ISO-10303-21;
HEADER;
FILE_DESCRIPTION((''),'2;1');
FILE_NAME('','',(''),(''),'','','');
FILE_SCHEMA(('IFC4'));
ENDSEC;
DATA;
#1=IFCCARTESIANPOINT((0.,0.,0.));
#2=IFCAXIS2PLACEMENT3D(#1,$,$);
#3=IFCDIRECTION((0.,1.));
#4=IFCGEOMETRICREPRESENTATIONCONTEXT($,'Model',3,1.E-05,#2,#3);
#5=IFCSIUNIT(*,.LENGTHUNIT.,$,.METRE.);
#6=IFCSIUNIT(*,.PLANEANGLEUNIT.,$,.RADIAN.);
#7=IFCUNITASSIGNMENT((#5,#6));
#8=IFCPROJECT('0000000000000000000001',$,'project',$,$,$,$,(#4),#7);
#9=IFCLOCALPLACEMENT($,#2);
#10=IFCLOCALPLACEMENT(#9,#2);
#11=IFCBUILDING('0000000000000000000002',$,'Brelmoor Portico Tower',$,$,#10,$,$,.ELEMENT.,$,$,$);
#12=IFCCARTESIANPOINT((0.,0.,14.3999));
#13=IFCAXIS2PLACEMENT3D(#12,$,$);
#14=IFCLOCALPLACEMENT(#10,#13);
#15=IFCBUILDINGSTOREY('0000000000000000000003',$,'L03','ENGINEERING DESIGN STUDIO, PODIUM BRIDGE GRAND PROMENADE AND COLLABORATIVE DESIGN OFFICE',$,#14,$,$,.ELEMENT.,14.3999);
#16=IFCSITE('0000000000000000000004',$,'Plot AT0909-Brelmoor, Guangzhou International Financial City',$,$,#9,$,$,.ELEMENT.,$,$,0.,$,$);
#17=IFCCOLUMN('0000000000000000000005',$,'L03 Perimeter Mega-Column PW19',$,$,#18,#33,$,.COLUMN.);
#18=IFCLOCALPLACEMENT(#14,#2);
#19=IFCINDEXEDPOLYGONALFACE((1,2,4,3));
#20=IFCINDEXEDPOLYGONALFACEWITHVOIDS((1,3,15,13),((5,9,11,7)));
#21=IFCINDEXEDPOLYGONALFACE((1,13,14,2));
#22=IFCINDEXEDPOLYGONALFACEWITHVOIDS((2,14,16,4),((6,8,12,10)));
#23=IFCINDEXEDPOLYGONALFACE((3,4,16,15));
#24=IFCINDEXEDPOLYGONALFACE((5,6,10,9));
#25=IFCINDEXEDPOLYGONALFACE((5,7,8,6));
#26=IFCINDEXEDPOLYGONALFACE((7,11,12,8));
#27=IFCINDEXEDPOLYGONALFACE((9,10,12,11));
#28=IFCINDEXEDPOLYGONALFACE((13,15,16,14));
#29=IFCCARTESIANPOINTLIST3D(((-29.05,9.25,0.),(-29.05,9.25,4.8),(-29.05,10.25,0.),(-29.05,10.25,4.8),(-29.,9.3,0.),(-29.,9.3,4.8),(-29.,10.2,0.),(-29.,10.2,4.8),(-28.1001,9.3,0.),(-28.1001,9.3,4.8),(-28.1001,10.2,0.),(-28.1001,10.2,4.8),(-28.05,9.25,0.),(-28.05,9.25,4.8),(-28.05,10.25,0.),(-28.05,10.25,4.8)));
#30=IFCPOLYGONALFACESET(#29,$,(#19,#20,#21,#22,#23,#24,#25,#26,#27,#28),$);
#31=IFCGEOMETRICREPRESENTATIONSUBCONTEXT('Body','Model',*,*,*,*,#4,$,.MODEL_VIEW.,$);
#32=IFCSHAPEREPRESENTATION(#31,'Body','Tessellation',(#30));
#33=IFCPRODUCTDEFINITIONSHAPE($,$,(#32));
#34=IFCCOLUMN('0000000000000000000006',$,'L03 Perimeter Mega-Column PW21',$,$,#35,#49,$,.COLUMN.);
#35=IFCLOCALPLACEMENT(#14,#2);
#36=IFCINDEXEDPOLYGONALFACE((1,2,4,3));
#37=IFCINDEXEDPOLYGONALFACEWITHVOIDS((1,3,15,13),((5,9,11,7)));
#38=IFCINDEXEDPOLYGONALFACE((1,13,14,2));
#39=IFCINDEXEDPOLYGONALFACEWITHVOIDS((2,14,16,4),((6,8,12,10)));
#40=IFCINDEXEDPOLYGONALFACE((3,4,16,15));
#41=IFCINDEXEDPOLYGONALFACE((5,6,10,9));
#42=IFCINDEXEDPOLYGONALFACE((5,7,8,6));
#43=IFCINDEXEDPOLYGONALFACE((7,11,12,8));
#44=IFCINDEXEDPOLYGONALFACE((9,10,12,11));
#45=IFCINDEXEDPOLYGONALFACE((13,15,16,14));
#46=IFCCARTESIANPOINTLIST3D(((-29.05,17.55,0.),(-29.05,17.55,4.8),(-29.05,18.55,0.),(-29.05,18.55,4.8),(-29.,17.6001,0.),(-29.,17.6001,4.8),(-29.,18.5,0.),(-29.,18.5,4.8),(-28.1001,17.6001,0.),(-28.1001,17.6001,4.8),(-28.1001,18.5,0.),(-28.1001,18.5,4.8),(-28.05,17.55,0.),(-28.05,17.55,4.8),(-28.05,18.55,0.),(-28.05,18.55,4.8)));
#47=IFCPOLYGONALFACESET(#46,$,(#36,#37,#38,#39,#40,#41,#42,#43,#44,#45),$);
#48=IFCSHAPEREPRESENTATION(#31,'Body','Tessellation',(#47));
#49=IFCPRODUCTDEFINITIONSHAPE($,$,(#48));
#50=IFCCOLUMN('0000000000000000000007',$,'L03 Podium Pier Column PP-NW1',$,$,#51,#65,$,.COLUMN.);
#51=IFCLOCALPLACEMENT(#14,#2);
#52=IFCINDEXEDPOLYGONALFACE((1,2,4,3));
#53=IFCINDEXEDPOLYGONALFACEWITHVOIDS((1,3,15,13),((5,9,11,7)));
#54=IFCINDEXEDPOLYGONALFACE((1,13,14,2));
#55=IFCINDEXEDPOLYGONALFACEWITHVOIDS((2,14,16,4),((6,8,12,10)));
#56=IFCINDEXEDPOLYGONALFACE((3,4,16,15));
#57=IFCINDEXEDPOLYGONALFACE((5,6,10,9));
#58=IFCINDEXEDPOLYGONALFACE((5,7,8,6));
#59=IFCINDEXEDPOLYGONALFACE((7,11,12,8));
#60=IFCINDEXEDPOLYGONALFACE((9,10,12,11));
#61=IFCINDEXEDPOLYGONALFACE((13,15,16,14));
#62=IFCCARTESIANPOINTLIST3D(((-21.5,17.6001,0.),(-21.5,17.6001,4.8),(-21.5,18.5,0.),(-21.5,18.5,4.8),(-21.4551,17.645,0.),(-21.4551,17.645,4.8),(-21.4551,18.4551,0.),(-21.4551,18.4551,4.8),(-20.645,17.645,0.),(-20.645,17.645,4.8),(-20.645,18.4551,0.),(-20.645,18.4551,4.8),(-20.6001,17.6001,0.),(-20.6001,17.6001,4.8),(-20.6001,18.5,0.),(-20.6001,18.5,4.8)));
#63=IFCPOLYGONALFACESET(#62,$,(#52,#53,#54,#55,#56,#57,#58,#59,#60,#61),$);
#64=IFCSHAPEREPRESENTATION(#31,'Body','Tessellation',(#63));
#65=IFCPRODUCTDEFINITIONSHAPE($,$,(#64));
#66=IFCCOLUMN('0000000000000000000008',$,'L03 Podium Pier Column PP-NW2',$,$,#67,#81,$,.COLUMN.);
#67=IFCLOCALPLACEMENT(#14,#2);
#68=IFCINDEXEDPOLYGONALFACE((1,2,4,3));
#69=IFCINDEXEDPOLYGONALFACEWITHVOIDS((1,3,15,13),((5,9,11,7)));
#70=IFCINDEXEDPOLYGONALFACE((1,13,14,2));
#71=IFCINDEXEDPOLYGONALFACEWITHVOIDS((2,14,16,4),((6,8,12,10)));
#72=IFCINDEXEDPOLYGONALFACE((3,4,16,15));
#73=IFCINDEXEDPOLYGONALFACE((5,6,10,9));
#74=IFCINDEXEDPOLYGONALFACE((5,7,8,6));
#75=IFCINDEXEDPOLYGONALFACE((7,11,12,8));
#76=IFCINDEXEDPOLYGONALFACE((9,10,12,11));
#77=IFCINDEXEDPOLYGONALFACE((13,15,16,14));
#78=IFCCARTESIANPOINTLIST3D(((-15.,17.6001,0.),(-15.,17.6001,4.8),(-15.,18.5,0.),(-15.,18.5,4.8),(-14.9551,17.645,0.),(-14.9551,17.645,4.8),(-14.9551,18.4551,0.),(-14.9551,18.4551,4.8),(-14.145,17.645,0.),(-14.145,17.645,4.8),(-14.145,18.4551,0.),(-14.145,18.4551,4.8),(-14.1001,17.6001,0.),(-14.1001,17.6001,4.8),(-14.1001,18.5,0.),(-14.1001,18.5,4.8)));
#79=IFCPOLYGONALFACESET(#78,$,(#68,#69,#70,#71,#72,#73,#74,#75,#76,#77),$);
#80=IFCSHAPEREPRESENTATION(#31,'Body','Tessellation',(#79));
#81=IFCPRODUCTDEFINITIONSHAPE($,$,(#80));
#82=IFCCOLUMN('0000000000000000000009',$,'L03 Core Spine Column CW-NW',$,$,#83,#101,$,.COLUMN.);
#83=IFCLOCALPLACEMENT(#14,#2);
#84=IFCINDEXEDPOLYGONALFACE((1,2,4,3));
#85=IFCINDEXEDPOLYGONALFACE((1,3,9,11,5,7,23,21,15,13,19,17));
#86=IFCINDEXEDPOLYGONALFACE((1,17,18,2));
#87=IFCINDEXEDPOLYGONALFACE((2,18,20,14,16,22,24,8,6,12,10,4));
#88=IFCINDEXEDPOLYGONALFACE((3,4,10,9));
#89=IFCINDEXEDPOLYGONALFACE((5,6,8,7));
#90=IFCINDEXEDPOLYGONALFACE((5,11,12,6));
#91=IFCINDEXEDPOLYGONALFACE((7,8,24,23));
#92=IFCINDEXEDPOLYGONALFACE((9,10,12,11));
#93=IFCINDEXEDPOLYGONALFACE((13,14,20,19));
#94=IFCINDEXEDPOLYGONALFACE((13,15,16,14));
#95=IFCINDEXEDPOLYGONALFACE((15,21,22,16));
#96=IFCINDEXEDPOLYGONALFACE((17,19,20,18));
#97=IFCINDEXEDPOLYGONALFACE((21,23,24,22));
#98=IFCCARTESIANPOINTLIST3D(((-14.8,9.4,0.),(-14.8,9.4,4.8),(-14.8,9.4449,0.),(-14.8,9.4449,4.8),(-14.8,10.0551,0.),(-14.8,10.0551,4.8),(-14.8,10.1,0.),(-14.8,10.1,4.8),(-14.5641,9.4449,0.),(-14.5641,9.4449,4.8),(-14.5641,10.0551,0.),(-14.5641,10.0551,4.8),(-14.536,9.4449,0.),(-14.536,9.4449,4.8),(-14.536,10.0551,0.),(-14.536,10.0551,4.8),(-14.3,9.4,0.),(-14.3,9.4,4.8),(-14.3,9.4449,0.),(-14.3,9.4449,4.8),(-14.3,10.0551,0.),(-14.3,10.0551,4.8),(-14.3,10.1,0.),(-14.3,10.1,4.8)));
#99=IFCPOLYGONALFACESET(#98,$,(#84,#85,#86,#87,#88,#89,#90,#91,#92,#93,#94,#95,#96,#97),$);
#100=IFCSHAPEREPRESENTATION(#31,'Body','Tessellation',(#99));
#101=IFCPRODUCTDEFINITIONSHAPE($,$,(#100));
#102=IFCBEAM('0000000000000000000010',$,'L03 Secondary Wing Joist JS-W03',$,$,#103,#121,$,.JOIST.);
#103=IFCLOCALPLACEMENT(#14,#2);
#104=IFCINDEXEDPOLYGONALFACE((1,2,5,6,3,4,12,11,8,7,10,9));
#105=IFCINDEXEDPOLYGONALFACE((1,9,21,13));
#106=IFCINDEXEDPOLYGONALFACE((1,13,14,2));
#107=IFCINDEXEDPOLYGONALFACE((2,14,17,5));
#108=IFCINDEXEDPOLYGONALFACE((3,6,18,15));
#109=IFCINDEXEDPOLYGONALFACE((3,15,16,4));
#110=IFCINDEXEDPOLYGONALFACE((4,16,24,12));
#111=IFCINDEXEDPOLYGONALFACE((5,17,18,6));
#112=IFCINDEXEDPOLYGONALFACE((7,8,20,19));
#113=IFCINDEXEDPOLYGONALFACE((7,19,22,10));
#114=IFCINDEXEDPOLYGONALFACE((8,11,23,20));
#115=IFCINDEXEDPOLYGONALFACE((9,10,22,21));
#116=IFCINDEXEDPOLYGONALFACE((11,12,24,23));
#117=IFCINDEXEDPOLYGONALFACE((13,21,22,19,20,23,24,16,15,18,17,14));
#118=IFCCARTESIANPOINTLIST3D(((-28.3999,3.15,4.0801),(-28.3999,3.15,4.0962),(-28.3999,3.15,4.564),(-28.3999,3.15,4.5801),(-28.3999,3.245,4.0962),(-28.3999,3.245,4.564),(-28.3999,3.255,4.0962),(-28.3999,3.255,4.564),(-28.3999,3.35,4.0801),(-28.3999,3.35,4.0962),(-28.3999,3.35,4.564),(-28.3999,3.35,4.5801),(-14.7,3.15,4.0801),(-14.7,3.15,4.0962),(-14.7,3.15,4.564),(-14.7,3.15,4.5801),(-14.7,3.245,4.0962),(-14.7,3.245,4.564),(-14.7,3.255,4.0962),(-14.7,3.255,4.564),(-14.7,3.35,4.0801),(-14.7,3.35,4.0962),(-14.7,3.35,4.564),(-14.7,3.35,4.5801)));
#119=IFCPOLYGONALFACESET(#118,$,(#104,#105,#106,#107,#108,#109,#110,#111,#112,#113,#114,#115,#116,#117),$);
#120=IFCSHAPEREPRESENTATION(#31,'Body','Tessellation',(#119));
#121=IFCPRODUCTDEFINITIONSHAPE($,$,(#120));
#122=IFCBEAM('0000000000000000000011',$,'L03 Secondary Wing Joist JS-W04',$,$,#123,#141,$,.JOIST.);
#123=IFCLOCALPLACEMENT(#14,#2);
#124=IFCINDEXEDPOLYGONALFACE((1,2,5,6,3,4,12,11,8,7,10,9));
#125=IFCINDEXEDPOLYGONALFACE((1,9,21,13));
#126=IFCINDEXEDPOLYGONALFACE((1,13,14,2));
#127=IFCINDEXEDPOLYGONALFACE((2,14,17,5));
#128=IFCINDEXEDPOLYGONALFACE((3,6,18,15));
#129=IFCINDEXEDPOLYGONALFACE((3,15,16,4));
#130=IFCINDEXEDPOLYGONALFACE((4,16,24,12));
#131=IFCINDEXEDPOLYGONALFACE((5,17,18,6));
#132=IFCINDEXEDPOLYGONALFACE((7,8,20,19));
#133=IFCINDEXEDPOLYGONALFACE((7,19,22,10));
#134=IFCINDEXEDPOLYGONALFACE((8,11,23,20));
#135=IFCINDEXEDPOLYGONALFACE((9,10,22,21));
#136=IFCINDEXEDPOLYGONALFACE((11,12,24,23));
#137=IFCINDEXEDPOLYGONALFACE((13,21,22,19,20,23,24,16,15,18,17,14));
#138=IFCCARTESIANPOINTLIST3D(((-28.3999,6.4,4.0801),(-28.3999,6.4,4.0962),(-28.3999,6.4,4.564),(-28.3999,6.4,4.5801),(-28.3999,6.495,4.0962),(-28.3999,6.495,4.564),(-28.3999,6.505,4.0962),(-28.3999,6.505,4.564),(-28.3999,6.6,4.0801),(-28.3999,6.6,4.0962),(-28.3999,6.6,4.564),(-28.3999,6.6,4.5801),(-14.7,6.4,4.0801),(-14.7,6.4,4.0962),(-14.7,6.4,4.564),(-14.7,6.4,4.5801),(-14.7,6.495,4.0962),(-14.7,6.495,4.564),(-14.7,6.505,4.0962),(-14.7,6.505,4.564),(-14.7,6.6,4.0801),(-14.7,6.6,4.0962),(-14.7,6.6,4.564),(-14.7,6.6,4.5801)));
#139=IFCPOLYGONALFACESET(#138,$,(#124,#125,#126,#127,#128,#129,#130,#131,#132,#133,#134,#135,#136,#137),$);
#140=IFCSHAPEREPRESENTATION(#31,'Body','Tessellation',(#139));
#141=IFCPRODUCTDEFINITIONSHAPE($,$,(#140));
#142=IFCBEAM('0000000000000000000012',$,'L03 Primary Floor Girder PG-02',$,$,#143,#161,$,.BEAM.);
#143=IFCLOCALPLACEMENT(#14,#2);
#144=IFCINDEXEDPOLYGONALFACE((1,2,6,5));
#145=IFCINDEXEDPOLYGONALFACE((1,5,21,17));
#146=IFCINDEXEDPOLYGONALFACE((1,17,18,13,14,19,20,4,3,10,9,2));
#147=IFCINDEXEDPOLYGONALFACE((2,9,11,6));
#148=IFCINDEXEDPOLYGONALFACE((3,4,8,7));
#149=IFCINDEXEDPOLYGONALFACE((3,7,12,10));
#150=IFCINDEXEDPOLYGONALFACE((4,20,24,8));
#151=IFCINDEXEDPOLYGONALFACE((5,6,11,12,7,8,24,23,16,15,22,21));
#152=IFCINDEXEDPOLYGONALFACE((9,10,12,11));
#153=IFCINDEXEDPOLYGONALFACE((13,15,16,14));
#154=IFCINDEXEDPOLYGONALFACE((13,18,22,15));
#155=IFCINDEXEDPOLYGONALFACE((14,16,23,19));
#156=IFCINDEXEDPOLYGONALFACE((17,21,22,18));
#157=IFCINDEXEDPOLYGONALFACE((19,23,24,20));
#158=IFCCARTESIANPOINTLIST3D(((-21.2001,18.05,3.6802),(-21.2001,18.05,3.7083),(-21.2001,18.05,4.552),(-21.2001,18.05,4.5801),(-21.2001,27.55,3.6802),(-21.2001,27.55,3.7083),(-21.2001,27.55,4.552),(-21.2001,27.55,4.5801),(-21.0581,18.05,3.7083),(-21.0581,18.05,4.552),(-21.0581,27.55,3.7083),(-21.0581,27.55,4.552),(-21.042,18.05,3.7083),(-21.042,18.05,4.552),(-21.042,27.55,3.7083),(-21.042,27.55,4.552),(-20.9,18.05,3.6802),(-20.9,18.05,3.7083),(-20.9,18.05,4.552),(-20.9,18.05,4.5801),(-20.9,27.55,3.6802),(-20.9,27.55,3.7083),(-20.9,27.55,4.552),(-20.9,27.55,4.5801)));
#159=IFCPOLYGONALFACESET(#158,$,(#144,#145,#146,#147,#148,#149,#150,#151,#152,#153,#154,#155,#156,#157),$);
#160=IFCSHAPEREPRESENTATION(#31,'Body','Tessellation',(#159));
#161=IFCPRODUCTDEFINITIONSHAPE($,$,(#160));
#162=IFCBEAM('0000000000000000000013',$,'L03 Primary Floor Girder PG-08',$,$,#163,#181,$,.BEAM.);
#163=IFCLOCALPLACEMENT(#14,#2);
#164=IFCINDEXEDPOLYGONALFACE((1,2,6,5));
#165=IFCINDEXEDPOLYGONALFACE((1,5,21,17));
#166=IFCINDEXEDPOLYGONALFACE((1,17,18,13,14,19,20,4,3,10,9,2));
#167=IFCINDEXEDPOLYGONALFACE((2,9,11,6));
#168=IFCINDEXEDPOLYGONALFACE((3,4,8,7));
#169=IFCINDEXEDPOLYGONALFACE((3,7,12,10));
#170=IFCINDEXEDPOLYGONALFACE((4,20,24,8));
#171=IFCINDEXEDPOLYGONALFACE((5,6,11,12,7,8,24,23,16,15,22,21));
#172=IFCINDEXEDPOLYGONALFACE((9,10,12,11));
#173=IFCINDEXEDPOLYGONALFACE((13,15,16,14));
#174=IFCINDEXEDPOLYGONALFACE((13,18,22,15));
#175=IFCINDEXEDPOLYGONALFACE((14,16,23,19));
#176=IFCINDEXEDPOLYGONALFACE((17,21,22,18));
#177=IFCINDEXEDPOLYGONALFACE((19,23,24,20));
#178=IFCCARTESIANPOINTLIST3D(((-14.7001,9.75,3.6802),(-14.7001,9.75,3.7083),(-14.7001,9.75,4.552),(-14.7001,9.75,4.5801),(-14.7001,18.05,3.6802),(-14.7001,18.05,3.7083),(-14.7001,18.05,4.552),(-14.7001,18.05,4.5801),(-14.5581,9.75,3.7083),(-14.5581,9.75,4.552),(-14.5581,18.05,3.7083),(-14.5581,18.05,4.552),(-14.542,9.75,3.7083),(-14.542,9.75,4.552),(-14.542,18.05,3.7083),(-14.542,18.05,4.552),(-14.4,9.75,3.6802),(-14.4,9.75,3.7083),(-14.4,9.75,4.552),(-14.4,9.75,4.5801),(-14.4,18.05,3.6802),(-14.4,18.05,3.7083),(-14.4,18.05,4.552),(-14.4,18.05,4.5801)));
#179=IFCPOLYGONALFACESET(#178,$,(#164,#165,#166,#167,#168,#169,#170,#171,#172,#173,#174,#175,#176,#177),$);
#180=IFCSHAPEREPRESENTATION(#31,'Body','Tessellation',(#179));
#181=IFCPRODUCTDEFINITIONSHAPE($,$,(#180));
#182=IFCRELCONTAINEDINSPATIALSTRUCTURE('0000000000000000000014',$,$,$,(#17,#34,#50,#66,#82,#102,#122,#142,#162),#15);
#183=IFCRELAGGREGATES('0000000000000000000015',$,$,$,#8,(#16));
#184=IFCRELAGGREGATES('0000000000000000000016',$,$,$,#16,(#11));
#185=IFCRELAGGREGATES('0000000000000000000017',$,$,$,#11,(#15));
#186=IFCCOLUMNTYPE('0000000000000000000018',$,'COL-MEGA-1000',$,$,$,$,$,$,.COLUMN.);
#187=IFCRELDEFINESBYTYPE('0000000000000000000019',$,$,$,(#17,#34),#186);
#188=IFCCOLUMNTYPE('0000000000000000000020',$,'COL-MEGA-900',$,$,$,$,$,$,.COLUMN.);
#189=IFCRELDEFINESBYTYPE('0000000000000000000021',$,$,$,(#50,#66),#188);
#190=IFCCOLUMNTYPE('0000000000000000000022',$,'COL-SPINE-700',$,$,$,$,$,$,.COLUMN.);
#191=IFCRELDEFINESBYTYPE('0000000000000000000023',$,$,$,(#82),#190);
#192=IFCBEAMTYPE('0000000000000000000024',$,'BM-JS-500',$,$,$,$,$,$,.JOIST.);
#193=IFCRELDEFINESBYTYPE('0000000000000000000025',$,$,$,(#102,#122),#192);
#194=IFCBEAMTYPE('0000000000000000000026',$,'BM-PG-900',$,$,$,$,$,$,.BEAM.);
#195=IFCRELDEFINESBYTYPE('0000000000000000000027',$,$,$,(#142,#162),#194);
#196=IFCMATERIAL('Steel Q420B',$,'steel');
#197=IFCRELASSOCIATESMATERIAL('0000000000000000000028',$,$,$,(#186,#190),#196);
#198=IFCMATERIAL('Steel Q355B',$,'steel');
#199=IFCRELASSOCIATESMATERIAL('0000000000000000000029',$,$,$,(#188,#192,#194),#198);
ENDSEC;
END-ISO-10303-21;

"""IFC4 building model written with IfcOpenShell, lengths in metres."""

from ifc_helpers import new_model, si_unit, direction, frame, origin, origin_2d, place, context, subcontext, project, spatial, hollow_rectangle, i_section, extrude, material, material_profile, profile_set, type_object, element, save


model = new_model("IFC4")

# Units and contexts
model_context = context("Model", 3, precision=1e-05, world=origin(), true_north=direction((0.0, 1.0)))
body_context = subcontext(model_context, "Body", "Model", "MODEL_VIEW")
ifc_project = project(units=[si_unit("LENGTHUNIT", "METRE"), si_unit("PLANEANGLEUNIT", "RADIAN")], contexts=[model_context])

# Site, building, storey
site_placement = place(None, origin())
site = spatial("IfcSite", under=ifc_project, at=site_placement, Name="Plot AT0909-Brelmoor, Guangzhou International Financial City", CompositionType="ELEMENT", RefElevation=0.0)
building_placement = place(site_placement, origin())
building = spatial("IfcBuilding", under=site, at=building_placement, Name="Brelmoor Portico Tower", CompositionType="ELEMENT")
storey_placement = place(building_placement, frame((0.0, 0.0, 14.3999)))
storey = spatial("IfcBuildingStorey", under=building, at=storey_placement, Name="L03", Description="ENGINEERING DESIGN STUDIO, PODIUM BRIDGE GRAND PROMENADE AND COLLABORATIVE DESIGN OFFICE", CompositionType="ELEMENT", Elevation=14.3999)

# Columns
ifc_material_1 = material(Name="Steel Q420B", Category="steel")
ifc_material_profile_1 = material_profile(ifc_material_1, hollow_rectangle(XDim=1.0, YDim=1.0, WallThickness=0.05, at=origin_2d()), Name="BOX 1000x1000x50")
ifc_profile_set_1 = profile_set([ifc_material_profile_1], Name="Steel Q420B")
column_type_1 = type_object("IfcColumnType", Name="COL-MEGA-1000", PredefinedType="COLUMN", material=ifc_profile_set_1)
for number, where, z_axis, x_axis, name in (
    (1, (-28.55, 9.75, 0.0), (0.0, 0.0, 1.0), (0.0, 1.0, 0.0), "L03 Perimeter Mega-Column PW19"),
    (2, (-28.55, 18.05, 0.0), (0.0, 0.0, 1.0), (0.0, 1.0, 0.0), "L03 Perimeter Mega-Column PW21"),
):
    element("IfcColumn", number, at=place(storey_placement, frame(where, z_axis=z_axis, x_axis=x_axis)), inside=storey, type_object=column_type_1, Name=name, PredefinedType="COLUMN", context=body_context, shape_type="SweptSolid", body=[
        extrude(hollow_rectangle(XDim=1.0, YDim=1.0, WallThickness=0.05, at=origin_2d()), origin(), (0.0, 0.0, 1.0), 4.8),
    ])
ifc_material_2 = material(Name="Steel Q355B", Category="steel")
ifc_material_profile_2 = material_profile(ifc_material_2, hollow_rectangle(XDim=0.8999, YDim=0.8999, WallThickness=0.0449, at=origin_2d()), Name="BOX 900x900x45")
ifc_profile_set_2 = profile_set([ifc_material_profile_2], Name="Steel Q355B")
column_type_2 = type_object("IfcColumnType", Name="COL-MEGA-900", PredefinedType="COLUMN", material=ifc_profile_set_2)
for number, where, z_axis, x_axis, name in (
    (3, (-21.05, 18.05, 0.0), (0.0, 0.0, 1.0), (1.0, 0.0, 0.0), "L03 Podium Pier Column PP-NW1"),
    (4, (-14.55, 18.05, 0.0), (0.0, 0.0, 1.0), (1.0, 0.0, 0.0), "L03 Podium Pier Column PP-NW2"),
):
    element("IfcColumn", number, at=place(storey_placement, frame(where, z_axis=z_axis, x_axis=x_axis)), inside=storey, type_object=column_type_2, Name=name, PredefinedType="COLUMN", context=body_context, shape_type="SweptSolid", body=[
        extrude(hollow_rectangle(XDim=0.8999, YDim=0.8999, WallThickness=0.0449, at=origin_2d()), origin(), (0.0, 0.0, 1.0), 4.8),
    ])
ifc_material_profile_3 = material_profile(ifc_material_1, i_section(OverallWidth=0.5, OverallDepth=0.7, WebThickness=0.0281, FlangeThickness=0.0449, at=origin_2d()), Name="HW 700x500x28x45")
ifc_profile_set_3 = profile_set([ifc_material_profile_3], Name="Steel Q420B")
column_type_3 = type_object("IfcColumnType", Name="COL-SPINE-700", PredefinedType="COLUMN", material=ifc_profile_set_3)
column_placement = place(storey_placement, frame((-14.55, 9.75, 0.0), z_axis=(0.0, 0.0, 1.0), x_axis=(1.0, 0.0, 0.0)))
element("IfcColumn", 5, at=column_placement, inside=storey, type_object=column_type_3, Name="L03 Core Spine Column CW-NW", PredefinedType="COLUMN", context=body_context, shape_type="SweptSolid", body=[
    extrude(i_section(OverallWidth=0.5, OverallDepth=0.7, WebThickness=0.0281, FlangeThickness=0.0449, at=origin_2d()), origin(), (0.0, 0.0, 1.0), 4.8),
])

# Beams
ifc_material_profile_4 = material_profile(ifc_material_2, i_section(OverallWidth=0.2, OverallDepth=0.5, WebThickness=0.01, FlangeThickness=0.0161, at=origin_2d()), Name="HN 500x200x10x16")
ifc_profile_set_4 = profile_set([ifc_material_profile_4], Name="Steel Q355B")
beam_type_1 = type_object("IfcBeamType", Name="BM-JS-500", PredefinedType="JOIST", material=ifc_profile_set_4)
for number, where, z_axis, x_axis, name in (
    (6, (-28.3999, 3.25, 4.3301), (1.0, 0.0, 0.0), (0.0, 1.0, 0.0), "L03 Secondary Wing Joist JS-W03"),
    (7, (-28.3999, 6.5, 4.3301), (1.0, 0.0, 0.0), (0.0, 1.0, 0.0), "L03 Secondary Wing Joist JS-W04"),
):
    element("IfcBeam", number, at=place(storey_placement, frame(where, z_axis=z_axis, x_axis=x_axis)), inside=storey, type_object=beam_type_1, Name=name, PredefinedType="JOIST", context=body_context, shape_type="SweptSolid", body=[
        extrude(i_section(OverallWidth=0.2, OverallDepth=0.5, WebThickness=0.01, FlangeThickness=0.0161, at=origin_2d()), origin(), (0.0, 0.0, 1.0), 13.7),
    ])
ifc_material_profile_5 = material_profile(ifc_material_2, i_section(OverallWidth=0.3, OverallDepth=0.8999, WebThickness=0.0161, FlangeThickness=0.0281, at=origin_2d()), Name="HN 900x300x16x28")
ifc_profile_set_5 = profile_set([ifc_material_profile_5], Name="Steel Q355B")
beam_type_2 = type_object("IfcBeamType", Name="BM-PG-900", PredefinedType="BEAM", material=ifc_profile_set_5)
beam_1_placement = place(storey_placement, frame((-21.05, 18.05, 4.1301), z_axis=(0.0, 1.0, 0.0), x_axis=(-1.0, 0.0, 0.0)))
element("IfcBeam", 8, at=beam_1_placement, inside=storey, type_object=beam_type_2, Name="L03 Primary Floor Girder PG-02", PredefinedType="BEAM", context=body_context, shape_type="SweptSolid", body=[
    extrude(i_section(OverallWidth=0.3, OverallDepth=0.8999, WebThickness=0.0161, FlangeThickness=0.0281, at=origin_2d()), origin(), (0.0, 0.0, 1.0), 9.5),
])
beam_2_placement = place(storey_placement, frame((-14.55, 9.75, 4.1301), z_axis=(0.0, 1.0, 0.0), x_axis=(-1.0, 0.0, 0.0)))
element("IfcBeam", 9, at=beam_2_placement, inside=storey, type_object=beam_type_2, Name="L03 Primary Floor Girder PG-08", PredefinedType="BEAM", context=body_context, shape_type="SweptSolid", body=[
    extrude(i_section(OverallWidth=0.3, OverallDepth=0.8999, WebThickness=0.0161, FlangeThickness=0.0281, at=origin_2d()), origin(), (0.0, 0.0, 1.0), 8.3),
])

save(model, "model.ifc")
